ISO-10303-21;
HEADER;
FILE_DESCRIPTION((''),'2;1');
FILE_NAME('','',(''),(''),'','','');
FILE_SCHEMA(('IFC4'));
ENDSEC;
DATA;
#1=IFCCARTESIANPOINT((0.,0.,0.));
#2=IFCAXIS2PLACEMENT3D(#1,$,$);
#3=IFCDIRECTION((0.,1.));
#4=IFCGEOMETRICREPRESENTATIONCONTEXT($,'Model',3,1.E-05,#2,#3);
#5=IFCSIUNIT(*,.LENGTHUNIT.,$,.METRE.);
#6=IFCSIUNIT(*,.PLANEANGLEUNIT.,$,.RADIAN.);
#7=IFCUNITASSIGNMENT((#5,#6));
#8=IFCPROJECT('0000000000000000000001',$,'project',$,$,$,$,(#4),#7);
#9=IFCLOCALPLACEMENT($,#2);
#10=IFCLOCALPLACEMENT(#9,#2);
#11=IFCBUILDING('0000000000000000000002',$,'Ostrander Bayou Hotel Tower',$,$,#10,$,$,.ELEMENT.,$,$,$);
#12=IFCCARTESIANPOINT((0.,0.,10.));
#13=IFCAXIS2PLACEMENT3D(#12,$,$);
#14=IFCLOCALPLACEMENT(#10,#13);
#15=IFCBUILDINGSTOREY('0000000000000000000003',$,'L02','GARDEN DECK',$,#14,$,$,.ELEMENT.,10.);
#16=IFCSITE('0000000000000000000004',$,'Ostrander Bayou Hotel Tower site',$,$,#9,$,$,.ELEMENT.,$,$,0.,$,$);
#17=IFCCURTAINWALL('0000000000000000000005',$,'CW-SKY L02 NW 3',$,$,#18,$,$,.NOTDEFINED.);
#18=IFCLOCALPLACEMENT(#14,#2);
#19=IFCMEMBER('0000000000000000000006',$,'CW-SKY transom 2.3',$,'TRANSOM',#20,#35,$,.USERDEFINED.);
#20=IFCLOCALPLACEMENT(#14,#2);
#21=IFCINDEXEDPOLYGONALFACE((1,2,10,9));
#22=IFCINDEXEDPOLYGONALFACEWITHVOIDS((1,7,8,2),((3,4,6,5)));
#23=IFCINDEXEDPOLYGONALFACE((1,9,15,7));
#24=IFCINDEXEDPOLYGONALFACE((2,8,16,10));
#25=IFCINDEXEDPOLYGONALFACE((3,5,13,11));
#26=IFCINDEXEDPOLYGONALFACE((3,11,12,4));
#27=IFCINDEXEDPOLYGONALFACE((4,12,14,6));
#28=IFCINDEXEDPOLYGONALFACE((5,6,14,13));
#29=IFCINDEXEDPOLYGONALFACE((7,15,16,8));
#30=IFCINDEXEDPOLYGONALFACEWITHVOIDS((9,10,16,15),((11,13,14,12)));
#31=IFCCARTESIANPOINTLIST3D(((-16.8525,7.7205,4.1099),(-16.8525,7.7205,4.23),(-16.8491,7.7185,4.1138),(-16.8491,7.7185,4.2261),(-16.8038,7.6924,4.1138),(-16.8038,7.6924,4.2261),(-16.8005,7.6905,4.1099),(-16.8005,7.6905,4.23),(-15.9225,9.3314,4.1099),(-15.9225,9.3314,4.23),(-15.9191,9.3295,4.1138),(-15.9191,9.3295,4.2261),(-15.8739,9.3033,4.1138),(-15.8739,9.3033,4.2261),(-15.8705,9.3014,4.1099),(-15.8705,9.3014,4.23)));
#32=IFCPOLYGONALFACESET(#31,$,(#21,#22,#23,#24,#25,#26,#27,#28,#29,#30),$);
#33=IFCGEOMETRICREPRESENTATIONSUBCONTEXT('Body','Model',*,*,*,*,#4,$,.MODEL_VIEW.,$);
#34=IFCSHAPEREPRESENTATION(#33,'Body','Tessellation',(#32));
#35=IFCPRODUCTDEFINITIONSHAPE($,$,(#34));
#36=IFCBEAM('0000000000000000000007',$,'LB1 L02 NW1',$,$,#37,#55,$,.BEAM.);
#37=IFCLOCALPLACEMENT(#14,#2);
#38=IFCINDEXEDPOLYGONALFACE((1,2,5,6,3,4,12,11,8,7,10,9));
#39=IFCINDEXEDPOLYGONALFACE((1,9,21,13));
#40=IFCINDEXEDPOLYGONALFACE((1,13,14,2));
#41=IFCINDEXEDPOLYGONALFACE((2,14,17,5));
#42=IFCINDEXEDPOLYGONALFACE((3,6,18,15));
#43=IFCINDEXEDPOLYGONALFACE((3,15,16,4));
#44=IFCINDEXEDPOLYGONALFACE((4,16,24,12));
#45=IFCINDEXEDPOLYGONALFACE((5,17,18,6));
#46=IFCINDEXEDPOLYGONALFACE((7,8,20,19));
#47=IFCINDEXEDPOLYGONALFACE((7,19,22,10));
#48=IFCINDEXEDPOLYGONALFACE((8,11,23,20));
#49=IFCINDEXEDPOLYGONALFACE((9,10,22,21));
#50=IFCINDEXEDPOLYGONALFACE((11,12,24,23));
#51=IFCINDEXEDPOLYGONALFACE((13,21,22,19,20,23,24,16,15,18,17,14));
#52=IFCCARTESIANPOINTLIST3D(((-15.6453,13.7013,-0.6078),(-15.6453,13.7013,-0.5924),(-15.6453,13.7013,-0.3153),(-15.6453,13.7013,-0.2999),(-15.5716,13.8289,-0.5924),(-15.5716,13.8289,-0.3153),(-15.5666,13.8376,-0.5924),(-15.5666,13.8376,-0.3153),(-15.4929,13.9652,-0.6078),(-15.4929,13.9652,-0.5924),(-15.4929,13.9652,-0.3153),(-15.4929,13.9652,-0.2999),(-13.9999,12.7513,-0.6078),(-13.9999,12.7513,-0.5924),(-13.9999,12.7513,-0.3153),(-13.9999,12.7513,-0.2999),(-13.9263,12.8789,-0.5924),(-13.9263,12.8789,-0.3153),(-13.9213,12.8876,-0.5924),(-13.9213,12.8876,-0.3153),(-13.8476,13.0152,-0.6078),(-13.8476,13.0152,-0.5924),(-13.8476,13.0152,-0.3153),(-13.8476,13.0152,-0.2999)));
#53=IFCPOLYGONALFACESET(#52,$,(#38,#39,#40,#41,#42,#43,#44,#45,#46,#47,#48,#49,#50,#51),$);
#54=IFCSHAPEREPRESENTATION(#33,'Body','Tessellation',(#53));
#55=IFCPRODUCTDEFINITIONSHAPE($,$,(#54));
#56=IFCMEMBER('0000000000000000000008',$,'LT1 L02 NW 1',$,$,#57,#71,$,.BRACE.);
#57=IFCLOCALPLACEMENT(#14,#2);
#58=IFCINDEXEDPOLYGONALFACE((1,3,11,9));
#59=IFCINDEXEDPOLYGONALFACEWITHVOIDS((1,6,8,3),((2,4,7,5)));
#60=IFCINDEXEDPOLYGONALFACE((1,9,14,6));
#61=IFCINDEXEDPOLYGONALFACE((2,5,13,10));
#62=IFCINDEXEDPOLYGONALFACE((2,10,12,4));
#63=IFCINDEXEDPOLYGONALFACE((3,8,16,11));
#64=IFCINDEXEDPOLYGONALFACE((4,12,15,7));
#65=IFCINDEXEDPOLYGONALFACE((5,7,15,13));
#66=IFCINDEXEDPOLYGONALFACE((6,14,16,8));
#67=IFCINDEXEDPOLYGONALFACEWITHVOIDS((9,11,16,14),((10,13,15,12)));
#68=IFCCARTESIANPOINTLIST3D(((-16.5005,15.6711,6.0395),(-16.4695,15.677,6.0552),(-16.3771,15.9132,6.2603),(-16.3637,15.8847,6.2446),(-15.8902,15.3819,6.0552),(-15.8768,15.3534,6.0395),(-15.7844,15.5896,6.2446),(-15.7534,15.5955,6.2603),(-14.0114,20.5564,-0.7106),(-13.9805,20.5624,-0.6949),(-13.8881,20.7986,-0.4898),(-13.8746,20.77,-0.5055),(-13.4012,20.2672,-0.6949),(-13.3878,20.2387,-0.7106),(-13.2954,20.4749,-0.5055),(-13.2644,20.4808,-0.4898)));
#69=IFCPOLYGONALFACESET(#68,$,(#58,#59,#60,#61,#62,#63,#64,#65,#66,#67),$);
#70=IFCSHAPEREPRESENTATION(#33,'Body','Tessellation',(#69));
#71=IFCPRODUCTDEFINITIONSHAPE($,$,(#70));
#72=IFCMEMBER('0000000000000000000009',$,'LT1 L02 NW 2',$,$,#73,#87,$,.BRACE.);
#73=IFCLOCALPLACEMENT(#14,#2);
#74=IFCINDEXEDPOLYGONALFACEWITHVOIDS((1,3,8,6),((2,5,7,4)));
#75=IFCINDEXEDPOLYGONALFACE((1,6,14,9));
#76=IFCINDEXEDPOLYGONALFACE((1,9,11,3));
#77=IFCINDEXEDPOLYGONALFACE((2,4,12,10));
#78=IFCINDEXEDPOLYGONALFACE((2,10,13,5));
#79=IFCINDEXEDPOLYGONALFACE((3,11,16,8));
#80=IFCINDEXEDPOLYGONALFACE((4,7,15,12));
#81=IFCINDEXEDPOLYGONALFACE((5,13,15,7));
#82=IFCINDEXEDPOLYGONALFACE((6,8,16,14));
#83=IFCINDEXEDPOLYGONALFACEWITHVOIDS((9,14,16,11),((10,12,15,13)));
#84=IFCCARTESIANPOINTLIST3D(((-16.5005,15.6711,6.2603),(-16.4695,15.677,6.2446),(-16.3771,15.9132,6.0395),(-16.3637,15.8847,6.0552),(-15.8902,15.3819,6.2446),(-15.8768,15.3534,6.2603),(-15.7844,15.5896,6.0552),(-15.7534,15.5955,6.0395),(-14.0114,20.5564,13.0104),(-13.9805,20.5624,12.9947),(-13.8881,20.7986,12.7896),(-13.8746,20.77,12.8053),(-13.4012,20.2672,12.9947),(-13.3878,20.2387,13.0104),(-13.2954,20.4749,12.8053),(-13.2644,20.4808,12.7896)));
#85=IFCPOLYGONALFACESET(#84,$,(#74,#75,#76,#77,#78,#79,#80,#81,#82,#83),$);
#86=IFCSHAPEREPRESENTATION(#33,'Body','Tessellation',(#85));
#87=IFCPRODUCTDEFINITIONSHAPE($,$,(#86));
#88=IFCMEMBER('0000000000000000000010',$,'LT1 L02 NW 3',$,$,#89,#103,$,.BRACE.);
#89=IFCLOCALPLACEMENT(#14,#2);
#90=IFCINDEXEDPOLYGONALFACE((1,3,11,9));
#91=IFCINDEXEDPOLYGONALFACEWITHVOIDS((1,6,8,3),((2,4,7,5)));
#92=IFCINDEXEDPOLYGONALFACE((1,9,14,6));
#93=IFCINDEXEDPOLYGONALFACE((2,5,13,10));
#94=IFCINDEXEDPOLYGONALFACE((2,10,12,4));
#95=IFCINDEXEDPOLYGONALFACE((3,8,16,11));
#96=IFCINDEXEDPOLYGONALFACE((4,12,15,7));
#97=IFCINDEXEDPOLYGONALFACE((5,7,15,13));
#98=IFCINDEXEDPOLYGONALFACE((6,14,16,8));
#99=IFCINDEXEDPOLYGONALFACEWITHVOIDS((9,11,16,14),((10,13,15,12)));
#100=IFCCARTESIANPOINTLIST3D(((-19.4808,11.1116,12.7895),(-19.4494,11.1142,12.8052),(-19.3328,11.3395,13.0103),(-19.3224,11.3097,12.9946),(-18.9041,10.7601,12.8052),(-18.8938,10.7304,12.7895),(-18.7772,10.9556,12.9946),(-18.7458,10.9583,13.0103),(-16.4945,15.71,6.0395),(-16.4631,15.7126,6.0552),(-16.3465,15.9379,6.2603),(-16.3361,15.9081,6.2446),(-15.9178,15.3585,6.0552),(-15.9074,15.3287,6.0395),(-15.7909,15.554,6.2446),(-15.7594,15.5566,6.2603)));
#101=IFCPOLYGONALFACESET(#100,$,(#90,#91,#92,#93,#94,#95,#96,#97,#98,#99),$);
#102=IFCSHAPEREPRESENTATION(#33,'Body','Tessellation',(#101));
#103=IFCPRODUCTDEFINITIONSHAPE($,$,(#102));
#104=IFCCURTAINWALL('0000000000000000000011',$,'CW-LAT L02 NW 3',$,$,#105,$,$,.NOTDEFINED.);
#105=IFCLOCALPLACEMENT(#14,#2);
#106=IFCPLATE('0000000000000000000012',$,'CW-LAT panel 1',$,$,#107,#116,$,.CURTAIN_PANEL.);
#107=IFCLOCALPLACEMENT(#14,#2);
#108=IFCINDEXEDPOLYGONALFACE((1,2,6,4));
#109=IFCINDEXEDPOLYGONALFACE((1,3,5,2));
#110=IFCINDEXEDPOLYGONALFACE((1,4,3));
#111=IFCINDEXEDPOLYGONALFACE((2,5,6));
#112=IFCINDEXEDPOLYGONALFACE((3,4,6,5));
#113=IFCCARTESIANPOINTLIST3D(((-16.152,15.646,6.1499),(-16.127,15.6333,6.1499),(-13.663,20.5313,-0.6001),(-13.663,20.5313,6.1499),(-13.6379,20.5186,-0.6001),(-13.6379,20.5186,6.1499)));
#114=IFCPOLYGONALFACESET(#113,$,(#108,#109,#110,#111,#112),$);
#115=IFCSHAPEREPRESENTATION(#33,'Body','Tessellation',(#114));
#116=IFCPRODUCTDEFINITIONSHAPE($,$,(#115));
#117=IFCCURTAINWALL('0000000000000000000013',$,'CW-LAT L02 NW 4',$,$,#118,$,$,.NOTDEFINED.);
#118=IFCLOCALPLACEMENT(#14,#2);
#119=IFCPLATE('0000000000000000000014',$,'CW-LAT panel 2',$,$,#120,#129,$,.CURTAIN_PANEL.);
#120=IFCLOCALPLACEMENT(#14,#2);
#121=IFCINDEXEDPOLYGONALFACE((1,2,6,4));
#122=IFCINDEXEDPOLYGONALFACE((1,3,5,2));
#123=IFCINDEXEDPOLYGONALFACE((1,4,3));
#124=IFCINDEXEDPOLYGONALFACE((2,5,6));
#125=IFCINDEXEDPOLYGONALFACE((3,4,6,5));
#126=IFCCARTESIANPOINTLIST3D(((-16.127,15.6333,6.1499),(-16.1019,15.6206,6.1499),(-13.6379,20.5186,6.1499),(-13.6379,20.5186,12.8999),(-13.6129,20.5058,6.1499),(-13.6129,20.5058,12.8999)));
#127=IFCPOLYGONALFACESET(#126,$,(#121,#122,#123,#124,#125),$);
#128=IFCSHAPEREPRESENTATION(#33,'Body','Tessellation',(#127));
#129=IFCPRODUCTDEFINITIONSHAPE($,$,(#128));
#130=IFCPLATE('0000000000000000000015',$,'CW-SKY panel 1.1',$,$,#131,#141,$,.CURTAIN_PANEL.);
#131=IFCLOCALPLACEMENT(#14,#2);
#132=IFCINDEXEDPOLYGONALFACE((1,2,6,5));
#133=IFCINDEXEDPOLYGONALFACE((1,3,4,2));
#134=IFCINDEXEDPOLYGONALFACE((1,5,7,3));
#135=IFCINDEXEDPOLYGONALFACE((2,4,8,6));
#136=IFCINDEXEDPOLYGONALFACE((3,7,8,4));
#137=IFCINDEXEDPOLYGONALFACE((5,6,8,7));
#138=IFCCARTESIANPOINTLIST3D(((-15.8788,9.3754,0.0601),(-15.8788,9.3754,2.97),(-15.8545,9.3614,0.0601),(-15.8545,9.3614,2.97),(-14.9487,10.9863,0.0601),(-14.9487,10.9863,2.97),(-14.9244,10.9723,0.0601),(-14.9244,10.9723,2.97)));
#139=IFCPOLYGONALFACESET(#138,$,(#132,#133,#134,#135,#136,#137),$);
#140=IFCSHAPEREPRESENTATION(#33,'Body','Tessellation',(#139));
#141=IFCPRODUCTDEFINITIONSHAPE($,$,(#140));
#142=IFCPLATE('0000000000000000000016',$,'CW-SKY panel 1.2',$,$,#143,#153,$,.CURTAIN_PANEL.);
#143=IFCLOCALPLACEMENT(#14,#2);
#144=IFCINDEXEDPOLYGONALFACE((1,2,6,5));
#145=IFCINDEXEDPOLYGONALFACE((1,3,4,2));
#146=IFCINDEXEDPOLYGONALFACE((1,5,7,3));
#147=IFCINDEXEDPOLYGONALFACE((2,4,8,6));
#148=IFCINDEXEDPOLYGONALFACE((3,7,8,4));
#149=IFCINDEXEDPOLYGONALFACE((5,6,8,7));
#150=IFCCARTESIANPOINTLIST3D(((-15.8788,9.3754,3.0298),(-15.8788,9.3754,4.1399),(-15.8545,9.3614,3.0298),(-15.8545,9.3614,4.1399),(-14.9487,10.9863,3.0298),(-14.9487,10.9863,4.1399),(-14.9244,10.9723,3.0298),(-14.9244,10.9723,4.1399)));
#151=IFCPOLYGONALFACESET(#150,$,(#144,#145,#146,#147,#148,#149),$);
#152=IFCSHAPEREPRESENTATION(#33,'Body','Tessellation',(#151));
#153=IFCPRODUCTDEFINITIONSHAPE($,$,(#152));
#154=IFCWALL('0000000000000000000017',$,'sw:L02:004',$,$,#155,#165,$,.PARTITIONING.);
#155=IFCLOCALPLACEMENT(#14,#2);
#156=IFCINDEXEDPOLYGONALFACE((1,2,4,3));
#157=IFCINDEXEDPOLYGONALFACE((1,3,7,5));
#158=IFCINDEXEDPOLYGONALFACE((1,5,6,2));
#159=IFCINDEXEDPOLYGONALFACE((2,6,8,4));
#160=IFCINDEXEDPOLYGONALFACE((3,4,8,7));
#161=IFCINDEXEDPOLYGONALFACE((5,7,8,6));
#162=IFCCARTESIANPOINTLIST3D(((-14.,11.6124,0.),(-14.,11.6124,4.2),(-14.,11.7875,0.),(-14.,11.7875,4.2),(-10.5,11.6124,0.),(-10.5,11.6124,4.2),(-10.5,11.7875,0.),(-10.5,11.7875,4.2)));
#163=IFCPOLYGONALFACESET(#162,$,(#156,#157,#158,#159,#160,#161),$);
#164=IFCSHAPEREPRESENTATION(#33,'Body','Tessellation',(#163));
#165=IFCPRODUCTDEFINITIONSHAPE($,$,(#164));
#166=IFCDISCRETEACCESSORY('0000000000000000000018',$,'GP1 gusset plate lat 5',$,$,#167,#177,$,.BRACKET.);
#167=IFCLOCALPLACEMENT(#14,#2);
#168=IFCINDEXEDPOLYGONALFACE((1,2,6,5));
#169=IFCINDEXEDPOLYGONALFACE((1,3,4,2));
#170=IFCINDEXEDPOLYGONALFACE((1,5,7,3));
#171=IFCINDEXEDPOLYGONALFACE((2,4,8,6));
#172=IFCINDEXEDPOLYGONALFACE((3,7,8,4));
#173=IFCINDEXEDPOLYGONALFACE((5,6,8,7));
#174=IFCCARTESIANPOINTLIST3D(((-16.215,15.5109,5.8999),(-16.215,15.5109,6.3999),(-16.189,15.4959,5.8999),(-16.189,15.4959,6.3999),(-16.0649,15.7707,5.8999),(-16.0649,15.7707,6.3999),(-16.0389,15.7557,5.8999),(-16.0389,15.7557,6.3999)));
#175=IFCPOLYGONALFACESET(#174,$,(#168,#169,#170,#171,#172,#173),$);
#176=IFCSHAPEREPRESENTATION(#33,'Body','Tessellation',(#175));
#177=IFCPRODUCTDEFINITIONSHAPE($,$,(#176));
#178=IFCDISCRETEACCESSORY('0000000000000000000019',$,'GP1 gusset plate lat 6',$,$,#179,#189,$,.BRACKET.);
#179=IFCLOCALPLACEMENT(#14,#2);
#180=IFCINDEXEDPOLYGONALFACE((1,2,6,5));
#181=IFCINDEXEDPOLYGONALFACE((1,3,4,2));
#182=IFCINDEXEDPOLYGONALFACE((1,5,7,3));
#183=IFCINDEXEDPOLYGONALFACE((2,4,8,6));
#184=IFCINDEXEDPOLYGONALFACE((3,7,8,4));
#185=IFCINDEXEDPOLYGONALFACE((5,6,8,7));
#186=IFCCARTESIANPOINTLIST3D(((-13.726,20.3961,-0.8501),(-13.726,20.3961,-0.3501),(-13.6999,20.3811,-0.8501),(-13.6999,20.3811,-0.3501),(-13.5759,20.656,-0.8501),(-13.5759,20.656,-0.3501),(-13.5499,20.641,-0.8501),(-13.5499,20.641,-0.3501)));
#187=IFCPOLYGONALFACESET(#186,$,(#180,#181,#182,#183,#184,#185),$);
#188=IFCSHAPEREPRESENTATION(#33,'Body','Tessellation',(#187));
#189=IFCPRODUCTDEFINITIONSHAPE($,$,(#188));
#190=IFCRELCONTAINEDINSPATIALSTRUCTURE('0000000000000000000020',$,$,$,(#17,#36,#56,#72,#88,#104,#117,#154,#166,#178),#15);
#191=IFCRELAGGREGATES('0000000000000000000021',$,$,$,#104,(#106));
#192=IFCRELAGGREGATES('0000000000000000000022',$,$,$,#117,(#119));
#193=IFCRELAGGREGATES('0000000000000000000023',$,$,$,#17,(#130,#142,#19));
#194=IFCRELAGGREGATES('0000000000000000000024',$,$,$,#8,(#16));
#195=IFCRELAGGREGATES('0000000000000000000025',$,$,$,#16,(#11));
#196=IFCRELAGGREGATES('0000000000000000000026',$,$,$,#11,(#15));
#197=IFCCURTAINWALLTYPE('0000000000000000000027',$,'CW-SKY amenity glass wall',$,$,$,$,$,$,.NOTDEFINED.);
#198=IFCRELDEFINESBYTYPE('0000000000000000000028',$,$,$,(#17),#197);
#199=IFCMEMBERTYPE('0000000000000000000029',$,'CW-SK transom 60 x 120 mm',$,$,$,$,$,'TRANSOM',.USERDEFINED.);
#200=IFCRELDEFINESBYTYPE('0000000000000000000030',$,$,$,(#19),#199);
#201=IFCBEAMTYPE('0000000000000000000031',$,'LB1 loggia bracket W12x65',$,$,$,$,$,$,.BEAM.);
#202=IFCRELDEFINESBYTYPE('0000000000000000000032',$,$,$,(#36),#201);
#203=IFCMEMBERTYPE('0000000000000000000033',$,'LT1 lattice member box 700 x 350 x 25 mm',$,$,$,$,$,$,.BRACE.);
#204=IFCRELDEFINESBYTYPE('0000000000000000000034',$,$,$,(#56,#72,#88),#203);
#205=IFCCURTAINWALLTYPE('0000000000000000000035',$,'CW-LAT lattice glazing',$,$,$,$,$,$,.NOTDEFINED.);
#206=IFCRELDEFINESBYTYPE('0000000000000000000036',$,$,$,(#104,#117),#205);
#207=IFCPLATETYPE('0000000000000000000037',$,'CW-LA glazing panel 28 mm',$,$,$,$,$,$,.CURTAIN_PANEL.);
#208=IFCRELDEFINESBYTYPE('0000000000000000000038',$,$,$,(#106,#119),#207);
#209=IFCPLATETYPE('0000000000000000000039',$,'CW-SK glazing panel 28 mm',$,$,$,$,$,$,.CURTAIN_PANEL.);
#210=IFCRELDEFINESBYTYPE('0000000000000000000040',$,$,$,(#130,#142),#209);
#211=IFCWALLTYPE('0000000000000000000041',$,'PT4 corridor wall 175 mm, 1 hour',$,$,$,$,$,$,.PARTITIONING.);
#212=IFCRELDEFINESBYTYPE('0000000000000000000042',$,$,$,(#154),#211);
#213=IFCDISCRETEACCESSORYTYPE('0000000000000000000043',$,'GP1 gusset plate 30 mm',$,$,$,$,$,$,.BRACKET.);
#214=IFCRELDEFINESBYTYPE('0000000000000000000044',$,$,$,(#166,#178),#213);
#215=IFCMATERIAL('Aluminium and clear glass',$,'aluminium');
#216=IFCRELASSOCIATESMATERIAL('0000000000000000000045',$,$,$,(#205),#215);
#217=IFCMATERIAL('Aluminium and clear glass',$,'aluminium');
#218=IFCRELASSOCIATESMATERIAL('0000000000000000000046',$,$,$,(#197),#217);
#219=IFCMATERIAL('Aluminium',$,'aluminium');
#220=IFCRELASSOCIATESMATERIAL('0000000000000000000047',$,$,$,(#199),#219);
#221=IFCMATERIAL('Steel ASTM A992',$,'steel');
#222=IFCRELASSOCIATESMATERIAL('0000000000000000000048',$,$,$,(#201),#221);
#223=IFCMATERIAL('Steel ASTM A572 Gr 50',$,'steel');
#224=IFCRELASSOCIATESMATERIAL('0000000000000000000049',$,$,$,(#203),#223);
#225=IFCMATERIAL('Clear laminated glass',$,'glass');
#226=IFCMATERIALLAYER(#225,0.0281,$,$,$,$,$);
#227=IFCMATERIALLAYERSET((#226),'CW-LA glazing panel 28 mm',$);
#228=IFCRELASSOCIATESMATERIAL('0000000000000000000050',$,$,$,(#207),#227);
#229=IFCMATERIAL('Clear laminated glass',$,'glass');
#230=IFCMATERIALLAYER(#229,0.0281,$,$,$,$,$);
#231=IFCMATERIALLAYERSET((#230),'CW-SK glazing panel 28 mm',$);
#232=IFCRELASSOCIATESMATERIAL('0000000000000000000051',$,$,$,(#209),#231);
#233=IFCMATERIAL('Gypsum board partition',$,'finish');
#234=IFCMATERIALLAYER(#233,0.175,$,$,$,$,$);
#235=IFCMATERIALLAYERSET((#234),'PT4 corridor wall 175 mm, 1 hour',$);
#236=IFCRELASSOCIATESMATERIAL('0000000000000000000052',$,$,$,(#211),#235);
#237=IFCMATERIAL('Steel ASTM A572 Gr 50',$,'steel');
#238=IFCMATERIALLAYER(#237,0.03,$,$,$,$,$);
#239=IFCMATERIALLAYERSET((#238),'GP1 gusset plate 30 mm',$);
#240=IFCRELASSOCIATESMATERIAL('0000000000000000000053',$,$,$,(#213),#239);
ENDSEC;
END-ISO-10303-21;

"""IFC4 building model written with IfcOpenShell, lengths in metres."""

from ifc_helpers import new_model, si_unit, direction, frame, frame_2d, origin, origin_2d, place, context, subcontext, project, spatial, polyline, rectangle, hollow_rectangle, i_section, outline, extrude, material, layer, layer_set, material_profile, profile_set, type_object, element, aggregate, save


model = new_model("IFC4")

# Units and contexts
model_context = context("Model", 3, precision=1e-05, world=origin(), true_north=direction((0.0, 1.0)))
body_context = subcontext(model_context, "Body", "Model", "MODEL_VIEW")
ifc_project = project(units=[si_unit("LENGTHUNIT", "METRE"), si_unit("PLANEANGLEUNIT", "RADIAN")], contexts=[model_context])

# Site, building, storey
site_placement = place(None, origin())
site = spatial("IfcSite", under=ifc_project, at=site_placement, Name="Ostrander Bayou Hotel Tower site", CompositionType="ELEMENT", RefElevation=0.0)
building_placement = place(site_placement, origin())
building = spatial("IfcBuilding", under=site, at=building_placement, Name="Ostrander Bayou Hotel Tower", CompositionType="ELEMENT")
storey_placement = place(building_placement, frame((0.0, 0.0, 10.0)))
storey = spatial("IfcBuildingStorey", under=building, at=storey_placement, Name="L02", Description="GARDEN DECK", CompositionType="ELEMENT", Elevation=10.0)

# Shared definitions
ifc_material_1 = material(Name="Aluminium and clear glass", Category="aluminium")
curtain_wall_type_1 = type_object("IfcCurtainWallType", Name="CW-LAT lattice glazing", PredefinedType="NOTDEFINED", material=ifc_material_1)

# Shared definitions
ifc_material_2 = material(Name="Aluminium and clear glass", Category="aluminium")
curtain_wall_type_2 = type_object("IfcCurtainWallType", Name="CW-SKY amenity glass wall", PredefinedType="NOTDEFINED", material=ifc_material_2)

# Curtain wall, member
curtain_wall_1_placement = place(storey_placement, origin())
curtain_wall_1 = element("IfcCurtainWall", 1, at=curtain_wall_1_placement, inside=storey, type_object=curtain_wall_type_2, Name="CW-SKY L02 NW 3", PredefinedType="NOTDEFINED")
ifc_material_3 = material(Name="Aluminium", Category="aluminium")
ifc_material_profile_1 = material_profile(ifc_material_3, hollow_rectangle(XDim=0.0601, YDim=0.1201, WallThickness=0.0039, at=origin_2d()))
ifc_profile_set_1 = profile_set([ifc_material_profile_1], Name="Aluminium")
member_type_1 = type_object("IfcMemberType", Name="CW-SK transom 60 x 120 mm", ElementType="TRANSOM", PredefinedType="USERDEFINED", material=ifc_profile_set_1)
member_1_placement = place(storey_placement, frame((-15.8965, 9.3164, 4.1699), z_axis=(-0.499965, -0.866046, 0.0), x_axis=(0.866046, -0.499965, 0.0)))
member_1 = element("IfcMember", 2, at=member_1_placement, type_object=member_type_1, Name="CW-SKY transom 2.3", ObjectType="TRANSOM", PredefinedType="USERDEFINED", context=body_context, shape_type="SweptSolid", body=[
    extrude(hollow_rectangle(XDim=0.0601, YDim=0.1201, WallThickness=0.0039, at=origin_2d()), origin(), (0.0, 0.0, 1.0), 1.8601),
])

# Beam
ifc_material_4 = material(Name="Steel ASTM A992", Category="steel")
ifc_material_profile_2 = material_profile(ifc_material_4, i_section(OverallWidth=0.3047, OverallDepth=0.3079, WebThickness=0.01, FlangeThickness=0.0154, at=origin_2d()))
ifc_profile_set_2 = profile_set([ifc_material_profile_2], Name="Steel ASTM A992")
beam_type = type_object("IfcBeamType", Name="LB1 loggia bracket W12x65", PredefinedType="BEAM", material=ifc_profile_set_2)
beam_placement = place(storey_placement, frame((-15.5691, 13.8333, -0.4539), z_axis=(0.866012, -0.500023, 0.0), x_axis=(0.500023, 0.866012, 0.0)))
element("IfcBeam", 3, at=beam_placement, inside=storey, type_object=beam_type, Name="LB1 L02 NW1", PredefinedType="BEAM", context=body_context, shape_type="SweptSolid", body=[
    extrude(i_section(OverallWidth=0.3047, OverallDepth=0.3079, WebThickness=0.01, FlangeThickness=0.0154, at=origin_2d()), origin(), (0.0, 0.0, 1.0), 1.8999),
])

# Members
ifc_material_5 = material(Name="Steel ASTM A572 Gr 50", Category="steel")
ifc_material_profile_3 = material_profile(ifc_material_5, hollow_rectangle(XDim=0.7, YDim=0.3501, WallThickness=0.0249, at=origin_2d()))
ifc_profile_set_3 = profile_set([ifc_material_profile_3], Name="Steel ASTM A572 Gr 50")
member_type_2 = type_object("IfcMemberType", Name="LT1 lattice member box 700 x 350 x 25 mm", PredefinedType="BRACE", material=ifc_profile_set_3)
for number, where, z_axis, x_axis, name in (
    (4, (-16.127, 15.6333, 6.1499), (0.286219, 0.561771, -0.776204), (-0.891017, 0.453969, 0.0), "LT1 L02 NW 1"),
    (5, (-16.127, 15.6333, 6.1499), (0.286219, 0.561771, 0.776204), (-0.891017, 0.453969, 0.0), "LT1 L02 NW 2"),
    (6, (-16.127, 15.6333, 6.1499), (-0.343402, -0.528775, 0.776191), (0.838662, -0.544652, 0.0), "LT1 L02 NW 3"),
):
    element("IfcMember", number, at=place(storey_placement, frame(where, z_axis=z_axis, x_axis=x_axis)), inside=storey, type_object=member_type_2, Name=name, PredefinedType="BRACE", context=body_context, shape_type="SweptSolid", body=[
        extrude(hollow_rectangle(XDim=0.7, YDim=0.3501, WallThickness=0.0249, at=origin_2d()), origin(), (0.0, 0.0, 1.0), 8.6963),
    ])

# Curtain walls, plates
curtain_wall_2_placement = place(storey_placement, origin())
curtain_wall_2 = element("IfcCurtainWall", 7, at=curtain_wall_2_placement, inside=storey, type_object=curtain_wall_type_1, Name="CW-LAT L02 NW 3", PredefinedType="NOTDEFINED")
ifc_material_6 = material(Name="Clear laminated glass", Category="glass")
ifc_layer_1 = layer(ifc_material_6, 0.0281)
ifc_layer_set_1 = layer_set([ifc_layer_1], Name="CW-LA glazing panel 28 mm")
plate_type_1 = type_object("IfcPlateType", Name="CW-LA glazing panel 28 mm", PredefinedType="CURTAIN_PANEL", material=ifc_layer_set_1)
plate_1_placement = place(storey_placement, frame((-16.127, 15.6333, 6.1499), z_axis=(0.891017, -0.453969, 0.0), x_axis=(0.286219, 0.561771, -0.776204)))
plate_1 = element("IfcPlate", 8, at=plate_1_placement, type_object=plate_type_1, Name="CW-LAT panel 1", PredefinedType="CURTAIN_PANEL", context=body_context, shape_type="SweptSolid", body=[
    extrude(outline(polyline([(0.0, 0.0), (8.6962, 0.0), (3.4568, 4.2558), (0.0, 0.0)])), origin(), (0.0, 0.0, -1.0), 0.0281),
])
aggregate(curtain_wall_2, [plate_1])
curtain_wall_3_placement = place(storey_placement, origin())
curtain_wall_3 = element("IfcCurtainWall", 9, at=curtain_wall_3_placement, inside=storey, type_object=curtain_wall_type_1, Name="CW-LAT L02 NW 4", PredefinedType="NOTDEFINED")
plate_2_placement = place(storey_placement, frame((-16.127, 15.6333, 6.1499), z_axis=(-0.891017, 0.453969, 0.0), x_axis=(0.286219, 0.561771, 0.776204)))
plate_2 = element("IfcPlate", 10, at=plate_2_placement, type_object=plate_type_1, Name="CW-LAT panel 2", PredefinedType="CURTAIN_PANEL", context=body_context, shape_type="SweptSolid", body=[
    extrude(outline(polyline([(0.0, 0.0), (8.6962, 0.0), (3.4568, 4.2558), (0.0, 0.0)])), origin(), (0.0, 0.0, -1.0), 0.0281),
])
aggregate(curtain_wall_3, [plate_2])

# Plates
ifc_material_7 = material(Name="Clear laminated glass", Category="glass")
ifc_layer_2 = layer(ifc_material_7, 0.0281)
ifc_layer_set_2 = layer_set([ifc_layer_2], Name="CW-SK glazing panel 28 mm")
plate_type_2 = type_object("IfcPlateType", Name="CW-SK glazing panel 28 mm", PredefinedType="CURTAIN_PANEL", material=ifc_layer_set_2)
plate_3_placement = place(storey_placement, frame((-15.4016, 10.1738, 0.0601), z_axis=(0.0, 0.0, 1.0), x_axis=(-0.5, -0.866025, 0.0)))
plate_3 = element("IfcPlate", 11, at=plate_3_placement, type_object=plate_type_2, Name="CW-SKY panel 1.1", PredefinedType="CURTAIN_PANEL", context=body_context, shape_type="SweptSolid", body=[
    extrude(rectangle(XDim=1.8601, YDim=0.0281, at=origin_2d()), origin(), (0.0, 0.0, 1.0), 2.9099),
])
plate_4_placement = place(storey_placement, frame((-15.4016, 10.1738, 3.0298), z_axis=(0.0, 0.0, 1.0), x_axis=(-0.5, -0.866025, 0.0)))
plate_4 = element("IfcPlate", 12, at=plate_4_placement, type_object=plate_type_2, Name="CW-SKY panel 1.2", PredefinedType="CURTAIN_PANEL", context=body_context, shape_type="SweptSolid", body=[
    extrude(rectangle(XDim=1.8601, YDim=0.0281, at=origin_2d()), origin(), (0.0, 0.0, 1.0), 1.1101),
])
aggregate(curtain_wall_1, [plate_3, plate_4, member_1])

# Wall
ifc_material_8 = material(Name="Gypsum board partition", Category="finish")
ifc_layer_3 = layer(ifc_material_8, 0.175)
ifc_layer_set_3 = layer_set([ifc_layer_3], Name="PT4 corridor wall 175 mm, 1 hour")
wall_type_1 = type_object("IfcWallType", Name="PT4 corridor wall 175 mm, 1 hour", PredefinedType="PARTITIONING", material=ifc_layer_set_3)
wall_1_placement = place(storey_placement, frame((-14.0, 11.7, 0.0), z_axis=(0.0, 0.0, 1.0), x_axis=(1.0, 0.0, 0.0)))
element("IfcWall", 13, at=wall_1_placement, inside=storey, type_object=wall_type_1, Name="sw:L02:004", PredefinedType="PARTITIONING", context=body_context, shape_type="SweptSolid", body=[
    extrude(rectangle(XDim=3.5, YDim=0.175, at=frame_2d((1.75, 0.0))), origin(), (0.0, 0.0, 1.0), 4.2),
])

# Discrete accessories
ifc_material_9 = material(Name="Steel ASTM A572 Gr 50", Category="steel")
ifc_layer_4 = layer(ifc_material_9, 0.03)
ifc_layer_set_4 = layer_set([ifc_layer_4], Name="GP1 gusset plate 30 mm")
discrete_accessory_type = type_object("IfcDiscreteAccessoryType", Name="GP1 gusset plate 30 mm", PredefinedType="BRACKET", material=ifc_layer_set_4)
for number, where, z_axis, x_axis, name in (
    (14, (-16.127, 15.6333, 5.8999), (0.0, 0.0, 1.0), (-0.5, -0.866025, 0.0), "GP1 gusset plate lat 5"),
    (15, (-13.6379, 20.5186, -0.8501), (0.0, 0.0, 1.0), (-0.5, -0.866025, 0.0), "GP1 gusset plate lat 6"),
):
    element("IfcDiscreteAccessory", number, at=place(storey_placement, frame(where, z_axis=z_axis, x_axis=x_axis)), inside=storey, type_object=discrete_accessory_type, Name=name, PredefinedType="BRACKET", context=body_context, shape_type="SweptSolid", body=[
        extrude(rectangle(XDim=0.3, YDim=0.03, at=origin_2d()), origin(), (0.0, 0.0, 1.0), 0.5),
    ])

save(model, "model.ifc")
